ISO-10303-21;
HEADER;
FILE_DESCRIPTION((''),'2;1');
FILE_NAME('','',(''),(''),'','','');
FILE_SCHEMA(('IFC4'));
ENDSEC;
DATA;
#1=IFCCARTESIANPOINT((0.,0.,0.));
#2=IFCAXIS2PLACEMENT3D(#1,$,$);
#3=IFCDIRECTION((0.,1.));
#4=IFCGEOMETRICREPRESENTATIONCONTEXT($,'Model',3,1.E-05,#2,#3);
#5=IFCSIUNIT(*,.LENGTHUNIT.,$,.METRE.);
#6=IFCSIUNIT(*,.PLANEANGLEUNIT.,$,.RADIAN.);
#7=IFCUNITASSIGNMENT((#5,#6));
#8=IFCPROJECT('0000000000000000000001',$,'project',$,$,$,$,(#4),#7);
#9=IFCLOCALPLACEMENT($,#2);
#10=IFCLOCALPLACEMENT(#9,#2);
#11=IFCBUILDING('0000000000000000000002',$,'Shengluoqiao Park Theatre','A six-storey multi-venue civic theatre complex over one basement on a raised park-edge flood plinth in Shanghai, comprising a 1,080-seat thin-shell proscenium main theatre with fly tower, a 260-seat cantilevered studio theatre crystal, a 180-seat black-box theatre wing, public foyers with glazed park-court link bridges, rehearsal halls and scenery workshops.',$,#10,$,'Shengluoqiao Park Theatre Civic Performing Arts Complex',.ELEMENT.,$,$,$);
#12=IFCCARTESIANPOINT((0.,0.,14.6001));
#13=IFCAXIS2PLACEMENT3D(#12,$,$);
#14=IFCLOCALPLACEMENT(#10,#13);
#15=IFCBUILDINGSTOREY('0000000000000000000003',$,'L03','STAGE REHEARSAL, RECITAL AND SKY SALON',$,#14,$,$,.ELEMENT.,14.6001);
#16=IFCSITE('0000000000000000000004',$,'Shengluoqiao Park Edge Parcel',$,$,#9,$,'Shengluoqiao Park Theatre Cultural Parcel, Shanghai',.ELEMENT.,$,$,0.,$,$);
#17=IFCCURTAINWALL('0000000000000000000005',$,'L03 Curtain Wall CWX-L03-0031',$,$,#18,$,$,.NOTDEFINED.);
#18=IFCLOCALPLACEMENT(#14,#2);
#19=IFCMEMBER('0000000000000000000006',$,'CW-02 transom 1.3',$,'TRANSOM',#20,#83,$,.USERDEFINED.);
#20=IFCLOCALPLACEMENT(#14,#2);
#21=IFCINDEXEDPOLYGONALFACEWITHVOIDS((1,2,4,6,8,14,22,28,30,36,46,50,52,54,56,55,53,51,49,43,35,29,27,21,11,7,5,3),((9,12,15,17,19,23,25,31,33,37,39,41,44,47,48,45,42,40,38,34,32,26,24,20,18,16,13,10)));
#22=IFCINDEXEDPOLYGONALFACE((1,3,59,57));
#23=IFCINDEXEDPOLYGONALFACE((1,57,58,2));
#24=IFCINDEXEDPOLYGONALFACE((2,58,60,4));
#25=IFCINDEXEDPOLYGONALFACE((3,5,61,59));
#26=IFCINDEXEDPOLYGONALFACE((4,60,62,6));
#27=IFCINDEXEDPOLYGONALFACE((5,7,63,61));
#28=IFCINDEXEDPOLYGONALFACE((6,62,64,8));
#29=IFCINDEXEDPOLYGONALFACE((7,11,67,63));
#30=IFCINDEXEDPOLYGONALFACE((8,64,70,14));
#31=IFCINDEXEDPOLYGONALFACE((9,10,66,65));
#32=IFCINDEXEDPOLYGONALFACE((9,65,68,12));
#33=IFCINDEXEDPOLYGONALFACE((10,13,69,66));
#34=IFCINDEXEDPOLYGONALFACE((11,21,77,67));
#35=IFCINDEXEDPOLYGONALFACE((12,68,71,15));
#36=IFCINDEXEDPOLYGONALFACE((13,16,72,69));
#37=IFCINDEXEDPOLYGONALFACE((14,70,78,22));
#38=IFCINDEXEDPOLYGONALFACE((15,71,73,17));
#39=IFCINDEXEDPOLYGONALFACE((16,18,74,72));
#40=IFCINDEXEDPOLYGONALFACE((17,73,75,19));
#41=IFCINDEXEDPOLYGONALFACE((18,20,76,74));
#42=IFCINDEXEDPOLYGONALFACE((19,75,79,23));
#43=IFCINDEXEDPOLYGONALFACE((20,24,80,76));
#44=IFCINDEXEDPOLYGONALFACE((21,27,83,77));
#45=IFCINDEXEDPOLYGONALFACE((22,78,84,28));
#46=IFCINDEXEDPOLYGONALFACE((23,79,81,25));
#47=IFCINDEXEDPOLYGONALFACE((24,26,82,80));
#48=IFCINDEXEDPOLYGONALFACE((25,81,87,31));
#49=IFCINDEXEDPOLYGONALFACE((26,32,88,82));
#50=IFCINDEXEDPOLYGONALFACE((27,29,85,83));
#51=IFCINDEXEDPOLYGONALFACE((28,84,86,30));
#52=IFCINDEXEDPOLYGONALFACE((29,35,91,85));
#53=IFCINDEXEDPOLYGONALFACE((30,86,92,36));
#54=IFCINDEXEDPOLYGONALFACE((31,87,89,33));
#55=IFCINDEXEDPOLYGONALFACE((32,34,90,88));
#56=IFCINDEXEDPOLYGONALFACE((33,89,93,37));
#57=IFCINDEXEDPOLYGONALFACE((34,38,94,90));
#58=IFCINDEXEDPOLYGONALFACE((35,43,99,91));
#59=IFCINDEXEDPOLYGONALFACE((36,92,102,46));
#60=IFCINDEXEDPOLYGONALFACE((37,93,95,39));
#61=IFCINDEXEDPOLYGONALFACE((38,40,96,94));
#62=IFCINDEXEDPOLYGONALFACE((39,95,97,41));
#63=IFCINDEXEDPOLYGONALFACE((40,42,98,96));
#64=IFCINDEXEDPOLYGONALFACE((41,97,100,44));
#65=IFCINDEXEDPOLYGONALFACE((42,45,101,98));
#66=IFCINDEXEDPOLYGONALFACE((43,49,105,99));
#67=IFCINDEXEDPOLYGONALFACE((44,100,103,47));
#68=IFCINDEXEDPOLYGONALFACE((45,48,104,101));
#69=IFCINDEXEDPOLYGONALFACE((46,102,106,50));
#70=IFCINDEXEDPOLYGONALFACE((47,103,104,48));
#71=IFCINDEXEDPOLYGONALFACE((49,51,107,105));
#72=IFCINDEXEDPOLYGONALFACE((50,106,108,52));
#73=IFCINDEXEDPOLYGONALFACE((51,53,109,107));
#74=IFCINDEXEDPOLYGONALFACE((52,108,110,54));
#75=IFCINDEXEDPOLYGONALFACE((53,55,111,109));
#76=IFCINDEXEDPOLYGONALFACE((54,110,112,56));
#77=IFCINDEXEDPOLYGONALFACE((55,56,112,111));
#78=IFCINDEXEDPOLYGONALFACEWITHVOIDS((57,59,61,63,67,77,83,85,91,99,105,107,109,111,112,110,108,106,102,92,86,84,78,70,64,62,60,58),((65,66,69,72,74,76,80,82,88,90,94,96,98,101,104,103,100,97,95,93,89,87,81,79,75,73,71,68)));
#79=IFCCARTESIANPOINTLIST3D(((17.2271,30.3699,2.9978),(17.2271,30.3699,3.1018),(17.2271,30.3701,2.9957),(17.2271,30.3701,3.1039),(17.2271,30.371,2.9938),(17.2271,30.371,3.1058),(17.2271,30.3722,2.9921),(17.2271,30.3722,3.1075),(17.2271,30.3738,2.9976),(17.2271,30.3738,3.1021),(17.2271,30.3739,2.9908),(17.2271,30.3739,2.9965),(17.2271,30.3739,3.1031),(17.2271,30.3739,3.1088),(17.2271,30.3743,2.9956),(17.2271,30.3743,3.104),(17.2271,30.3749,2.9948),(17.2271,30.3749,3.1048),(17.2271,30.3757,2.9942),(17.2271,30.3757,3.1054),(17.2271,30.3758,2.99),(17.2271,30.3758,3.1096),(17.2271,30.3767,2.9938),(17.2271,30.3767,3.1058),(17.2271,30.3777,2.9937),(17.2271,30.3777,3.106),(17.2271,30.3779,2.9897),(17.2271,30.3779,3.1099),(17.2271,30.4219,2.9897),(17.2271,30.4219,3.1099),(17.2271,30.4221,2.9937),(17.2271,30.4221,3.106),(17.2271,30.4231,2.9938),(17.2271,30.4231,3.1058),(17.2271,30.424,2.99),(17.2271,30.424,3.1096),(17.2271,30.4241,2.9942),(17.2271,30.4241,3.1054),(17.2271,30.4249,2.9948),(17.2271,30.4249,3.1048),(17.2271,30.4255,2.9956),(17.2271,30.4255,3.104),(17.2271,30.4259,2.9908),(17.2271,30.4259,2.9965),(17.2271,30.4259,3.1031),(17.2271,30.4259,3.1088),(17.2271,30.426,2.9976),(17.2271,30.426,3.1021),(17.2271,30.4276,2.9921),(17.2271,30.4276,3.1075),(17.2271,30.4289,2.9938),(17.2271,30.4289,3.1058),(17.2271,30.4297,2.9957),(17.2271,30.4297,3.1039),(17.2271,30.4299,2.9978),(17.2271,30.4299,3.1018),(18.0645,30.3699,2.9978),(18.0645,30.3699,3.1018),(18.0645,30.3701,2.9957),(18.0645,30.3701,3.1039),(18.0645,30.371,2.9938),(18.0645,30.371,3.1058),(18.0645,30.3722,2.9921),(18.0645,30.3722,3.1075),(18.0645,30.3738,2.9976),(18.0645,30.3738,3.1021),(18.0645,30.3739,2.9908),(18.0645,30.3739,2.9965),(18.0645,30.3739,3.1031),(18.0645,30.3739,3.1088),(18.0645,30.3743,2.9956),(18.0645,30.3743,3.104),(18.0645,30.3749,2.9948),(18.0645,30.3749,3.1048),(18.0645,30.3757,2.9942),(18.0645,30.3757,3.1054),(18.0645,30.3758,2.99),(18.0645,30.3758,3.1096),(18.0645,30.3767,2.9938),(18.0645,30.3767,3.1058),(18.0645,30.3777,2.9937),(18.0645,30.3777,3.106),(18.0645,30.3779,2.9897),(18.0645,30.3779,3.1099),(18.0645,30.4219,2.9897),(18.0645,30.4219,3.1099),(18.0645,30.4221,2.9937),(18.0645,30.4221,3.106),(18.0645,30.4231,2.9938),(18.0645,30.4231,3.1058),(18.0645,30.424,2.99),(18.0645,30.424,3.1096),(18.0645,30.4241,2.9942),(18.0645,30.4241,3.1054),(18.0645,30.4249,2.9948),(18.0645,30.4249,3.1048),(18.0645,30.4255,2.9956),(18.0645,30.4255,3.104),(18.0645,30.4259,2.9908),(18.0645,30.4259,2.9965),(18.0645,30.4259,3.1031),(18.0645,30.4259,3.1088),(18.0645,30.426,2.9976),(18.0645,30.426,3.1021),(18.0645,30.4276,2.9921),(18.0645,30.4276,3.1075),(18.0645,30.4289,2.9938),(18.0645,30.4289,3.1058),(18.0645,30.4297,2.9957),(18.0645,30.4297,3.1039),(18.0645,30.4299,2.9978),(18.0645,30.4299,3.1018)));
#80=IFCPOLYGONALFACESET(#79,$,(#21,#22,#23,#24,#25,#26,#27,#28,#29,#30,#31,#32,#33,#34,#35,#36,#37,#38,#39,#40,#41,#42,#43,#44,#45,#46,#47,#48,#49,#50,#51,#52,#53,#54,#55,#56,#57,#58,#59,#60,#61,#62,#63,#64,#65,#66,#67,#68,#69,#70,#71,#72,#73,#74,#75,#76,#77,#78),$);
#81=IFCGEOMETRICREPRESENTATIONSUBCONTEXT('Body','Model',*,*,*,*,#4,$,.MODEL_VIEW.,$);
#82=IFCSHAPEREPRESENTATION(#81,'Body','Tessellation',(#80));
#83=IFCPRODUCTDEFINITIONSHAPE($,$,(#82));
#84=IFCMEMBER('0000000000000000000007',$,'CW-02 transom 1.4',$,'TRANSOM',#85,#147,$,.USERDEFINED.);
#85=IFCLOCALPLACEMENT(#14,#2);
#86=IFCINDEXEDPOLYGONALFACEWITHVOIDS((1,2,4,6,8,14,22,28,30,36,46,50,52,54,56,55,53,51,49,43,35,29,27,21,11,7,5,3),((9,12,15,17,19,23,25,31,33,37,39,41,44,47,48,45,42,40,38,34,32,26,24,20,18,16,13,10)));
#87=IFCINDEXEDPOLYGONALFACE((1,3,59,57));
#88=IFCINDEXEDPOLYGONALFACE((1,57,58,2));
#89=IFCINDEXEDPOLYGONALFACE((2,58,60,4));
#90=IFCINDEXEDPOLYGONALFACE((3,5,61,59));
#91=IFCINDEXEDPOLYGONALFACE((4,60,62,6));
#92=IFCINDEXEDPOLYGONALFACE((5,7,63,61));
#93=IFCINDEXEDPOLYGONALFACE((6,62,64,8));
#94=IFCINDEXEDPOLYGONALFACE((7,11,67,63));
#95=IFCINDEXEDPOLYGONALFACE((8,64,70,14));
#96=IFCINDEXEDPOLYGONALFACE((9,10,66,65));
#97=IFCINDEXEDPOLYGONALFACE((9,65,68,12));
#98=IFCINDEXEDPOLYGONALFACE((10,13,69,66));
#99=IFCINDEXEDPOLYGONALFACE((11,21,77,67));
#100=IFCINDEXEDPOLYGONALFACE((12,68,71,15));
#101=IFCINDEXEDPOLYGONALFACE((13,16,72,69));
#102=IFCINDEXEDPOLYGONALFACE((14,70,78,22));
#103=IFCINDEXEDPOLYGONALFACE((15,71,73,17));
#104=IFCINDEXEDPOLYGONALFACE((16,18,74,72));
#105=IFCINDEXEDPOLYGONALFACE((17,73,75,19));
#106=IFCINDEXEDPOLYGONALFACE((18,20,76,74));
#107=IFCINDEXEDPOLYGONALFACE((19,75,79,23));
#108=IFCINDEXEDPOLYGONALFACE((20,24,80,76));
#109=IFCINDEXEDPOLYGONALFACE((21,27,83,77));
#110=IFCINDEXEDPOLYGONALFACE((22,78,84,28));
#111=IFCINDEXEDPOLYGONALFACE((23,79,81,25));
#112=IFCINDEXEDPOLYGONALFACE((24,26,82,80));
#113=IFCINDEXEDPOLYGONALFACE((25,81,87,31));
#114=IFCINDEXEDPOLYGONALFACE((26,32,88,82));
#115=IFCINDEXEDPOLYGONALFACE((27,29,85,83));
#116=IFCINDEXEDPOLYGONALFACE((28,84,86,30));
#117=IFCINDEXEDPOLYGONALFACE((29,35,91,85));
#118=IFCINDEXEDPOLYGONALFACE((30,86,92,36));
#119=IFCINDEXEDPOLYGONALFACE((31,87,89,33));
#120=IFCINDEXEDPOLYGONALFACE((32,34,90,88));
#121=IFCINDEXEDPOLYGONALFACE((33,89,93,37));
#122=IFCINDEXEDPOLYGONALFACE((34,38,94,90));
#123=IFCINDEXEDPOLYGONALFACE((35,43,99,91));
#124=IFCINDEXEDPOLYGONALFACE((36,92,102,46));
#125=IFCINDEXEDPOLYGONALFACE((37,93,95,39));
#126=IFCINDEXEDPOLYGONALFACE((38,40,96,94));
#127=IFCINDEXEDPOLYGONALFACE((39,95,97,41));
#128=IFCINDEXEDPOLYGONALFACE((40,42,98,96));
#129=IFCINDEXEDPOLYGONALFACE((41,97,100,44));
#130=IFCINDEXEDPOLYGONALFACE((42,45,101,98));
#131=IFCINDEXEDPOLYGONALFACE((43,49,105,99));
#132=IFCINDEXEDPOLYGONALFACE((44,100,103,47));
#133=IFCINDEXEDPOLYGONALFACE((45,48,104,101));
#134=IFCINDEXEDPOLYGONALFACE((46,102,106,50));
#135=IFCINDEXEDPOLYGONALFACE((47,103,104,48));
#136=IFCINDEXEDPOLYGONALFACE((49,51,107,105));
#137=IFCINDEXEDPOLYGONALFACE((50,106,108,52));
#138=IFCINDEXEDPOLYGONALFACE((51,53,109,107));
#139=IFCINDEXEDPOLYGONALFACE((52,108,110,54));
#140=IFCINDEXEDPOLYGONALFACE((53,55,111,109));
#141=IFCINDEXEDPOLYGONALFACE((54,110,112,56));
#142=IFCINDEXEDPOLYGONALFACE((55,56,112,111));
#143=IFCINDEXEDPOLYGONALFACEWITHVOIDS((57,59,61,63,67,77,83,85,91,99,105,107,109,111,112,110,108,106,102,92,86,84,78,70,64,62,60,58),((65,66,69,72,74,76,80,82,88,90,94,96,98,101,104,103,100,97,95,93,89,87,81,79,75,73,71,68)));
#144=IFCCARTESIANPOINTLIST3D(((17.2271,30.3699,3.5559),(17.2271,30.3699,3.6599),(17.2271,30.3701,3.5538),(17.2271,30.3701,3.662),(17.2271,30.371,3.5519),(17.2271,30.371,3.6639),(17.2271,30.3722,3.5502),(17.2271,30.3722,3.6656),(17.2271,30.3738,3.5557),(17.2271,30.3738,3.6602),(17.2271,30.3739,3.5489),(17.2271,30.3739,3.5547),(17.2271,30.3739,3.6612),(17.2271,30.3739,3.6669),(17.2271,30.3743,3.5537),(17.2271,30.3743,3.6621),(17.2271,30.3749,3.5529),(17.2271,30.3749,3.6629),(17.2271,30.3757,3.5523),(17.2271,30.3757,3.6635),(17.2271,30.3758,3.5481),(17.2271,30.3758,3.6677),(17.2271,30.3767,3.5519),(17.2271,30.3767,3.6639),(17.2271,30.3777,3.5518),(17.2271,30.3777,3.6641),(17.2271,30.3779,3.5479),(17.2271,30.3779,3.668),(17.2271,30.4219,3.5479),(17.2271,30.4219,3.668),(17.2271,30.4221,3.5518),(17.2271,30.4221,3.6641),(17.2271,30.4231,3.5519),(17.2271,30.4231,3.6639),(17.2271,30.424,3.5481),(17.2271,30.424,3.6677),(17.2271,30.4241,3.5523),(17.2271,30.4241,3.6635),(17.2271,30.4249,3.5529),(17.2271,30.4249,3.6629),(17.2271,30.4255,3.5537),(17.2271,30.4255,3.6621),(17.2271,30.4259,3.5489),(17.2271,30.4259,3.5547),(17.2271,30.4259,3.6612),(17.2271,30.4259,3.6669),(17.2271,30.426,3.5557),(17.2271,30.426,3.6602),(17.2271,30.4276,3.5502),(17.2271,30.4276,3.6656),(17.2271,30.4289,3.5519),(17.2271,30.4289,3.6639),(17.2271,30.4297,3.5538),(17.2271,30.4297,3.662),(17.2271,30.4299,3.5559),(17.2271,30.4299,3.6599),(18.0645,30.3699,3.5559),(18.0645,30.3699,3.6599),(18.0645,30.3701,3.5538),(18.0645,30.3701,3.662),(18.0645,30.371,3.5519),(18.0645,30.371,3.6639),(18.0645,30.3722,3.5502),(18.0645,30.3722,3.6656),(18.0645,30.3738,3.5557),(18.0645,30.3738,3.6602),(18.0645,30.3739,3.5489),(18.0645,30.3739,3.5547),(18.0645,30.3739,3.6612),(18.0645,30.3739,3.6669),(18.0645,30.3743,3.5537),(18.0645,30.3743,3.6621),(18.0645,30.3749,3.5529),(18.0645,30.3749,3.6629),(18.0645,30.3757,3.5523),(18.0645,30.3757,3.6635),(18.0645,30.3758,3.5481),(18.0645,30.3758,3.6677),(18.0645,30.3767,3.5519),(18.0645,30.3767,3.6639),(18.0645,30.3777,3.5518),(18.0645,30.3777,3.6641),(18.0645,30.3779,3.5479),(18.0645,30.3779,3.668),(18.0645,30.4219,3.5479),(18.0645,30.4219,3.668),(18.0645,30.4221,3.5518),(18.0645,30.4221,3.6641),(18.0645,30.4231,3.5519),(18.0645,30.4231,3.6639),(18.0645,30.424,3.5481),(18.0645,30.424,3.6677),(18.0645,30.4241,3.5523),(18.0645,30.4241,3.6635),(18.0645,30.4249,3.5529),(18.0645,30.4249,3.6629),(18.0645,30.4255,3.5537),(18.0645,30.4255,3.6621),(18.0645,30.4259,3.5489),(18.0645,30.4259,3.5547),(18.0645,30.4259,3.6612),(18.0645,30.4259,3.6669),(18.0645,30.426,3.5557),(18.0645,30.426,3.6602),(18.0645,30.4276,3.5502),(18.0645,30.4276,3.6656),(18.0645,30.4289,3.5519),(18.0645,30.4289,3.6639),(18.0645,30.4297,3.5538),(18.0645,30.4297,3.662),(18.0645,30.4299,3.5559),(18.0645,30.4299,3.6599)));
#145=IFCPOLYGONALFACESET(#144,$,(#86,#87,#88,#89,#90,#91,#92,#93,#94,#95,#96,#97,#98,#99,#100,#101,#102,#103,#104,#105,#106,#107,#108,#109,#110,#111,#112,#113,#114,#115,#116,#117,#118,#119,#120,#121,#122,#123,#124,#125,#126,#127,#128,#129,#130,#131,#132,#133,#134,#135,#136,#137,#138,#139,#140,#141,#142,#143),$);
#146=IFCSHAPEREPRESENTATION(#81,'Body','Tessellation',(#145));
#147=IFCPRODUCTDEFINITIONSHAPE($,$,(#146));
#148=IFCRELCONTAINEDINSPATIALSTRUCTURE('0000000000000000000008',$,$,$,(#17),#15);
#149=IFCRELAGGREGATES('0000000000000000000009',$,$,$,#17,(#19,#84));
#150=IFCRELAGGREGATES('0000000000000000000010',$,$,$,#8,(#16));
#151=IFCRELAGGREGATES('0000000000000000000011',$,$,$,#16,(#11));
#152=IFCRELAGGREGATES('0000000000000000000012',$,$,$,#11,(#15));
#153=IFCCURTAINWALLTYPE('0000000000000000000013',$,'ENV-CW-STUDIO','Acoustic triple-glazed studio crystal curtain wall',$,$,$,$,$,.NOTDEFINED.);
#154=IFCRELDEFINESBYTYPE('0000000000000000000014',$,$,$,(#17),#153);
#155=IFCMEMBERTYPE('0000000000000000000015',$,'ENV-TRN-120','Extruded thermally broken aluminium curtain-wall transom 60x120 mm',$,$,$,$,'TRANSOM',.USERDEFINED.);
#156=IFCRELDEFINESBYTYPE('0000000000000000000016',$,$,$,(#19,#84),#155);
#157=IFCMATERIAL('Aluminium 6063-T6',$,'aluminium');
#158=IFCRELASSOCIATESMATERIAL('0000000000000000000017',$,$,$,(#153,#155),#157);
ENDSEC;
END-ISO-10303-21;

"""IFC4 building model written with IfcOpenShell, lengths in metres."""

from ifc_helpers import new_model, si_unit, direction, frame, origin, origin_2d, place, context, subcontext, project, spatial, hollow_rectangle, extrude, material, material_profile, profile_set, type_object, element, aggregate, save


model = new_model("IFC4")

# Units and contexts
model_context = context("Model", 3, precision=1e-05, world=origin(), true_north=direction((0.0, 1.0)))
body_context = subcontext(model_context, "Body", "Model", "MODEL_VIEW")
ifc_project = project(units=[si_unit("LENGTHUNIT", "METRE"), si_unit("PLANEANGLEUNIT", "RADIAN")], contexts=[model_context])

# Site, building, storey
site_placement = place(None, origin())
site = spatial("IfcSite", under=ifc_project, at=site_placement, Name="Shengluoqiao Park Edge Parcel", LongName="Shengluoqiao Park Theatre Cultural Parcel, Shanghai", CompositionType="ELEMENT", RefElevation=0.0)
building_placement = place(site_placement, origin())
building = spatial("IfcBuilding", under=site, at=building_placement, Name="Shengluoqiao Park Theatre", Description="A six-storey multi-venue civic theatre complex over one basement on a raised park-edge flood plinth in Shanghai, comprising a 1,080-seat thin-shell proscenium main theatre with fly tower, a 260-seat cantilevered studio theatre crystal, a 180-seat black-box theatre wing, public foyers with glazed park-court link bridges, rehearsal halls and scenery workshops.", LongName="Shengluoqiao Park Theatre Civic Performing Arts Complex", CompositionType="ELEMENT")
storey_placement = place(building_placement, frame((0.0, 0.0, 14.6001)))
storey = spatial("IfcBuildingStorey", under=building, at=storey_placement, Name="L03", Description="STAGE REHEARSAL, RECITAL AND SKY SALON", CompositionType="ELEMENT", Elevation=14.6001)

# Shared definitions
ifc_material_1 = material(Name="Aluminium 6063-T6", Category="aluminium")
curtain_wall_type = type_object("IfcCurtainWallType", Name="ENV-CW-STUDIO", Description="Acoustic triple-glazed studio crystal curtain wall", PredefinedType="NOTDEFINED", material=ifc_material_1)

# Curtain wall, members
curtain_wall_1_placement = place(storey_placement, origin())
curtain_wall_1 = element("IfcCurtainWall", 1, at=curtain_wall_1_placement, inside=storey, type_object=curtain_wall_type, Name="L03 Curtain Wall CWX-L03-0031", PredefinedType="NOTDEFINED")
ifc_material_profile_1 = material_profile(ifc_material_1, hollow_rectangle(XDim=0.0601, YDim=0.1201, WallThickness=0.0039, InnerFilletRadius=0.0039, OuterFilletRadius=0.0081, at=origin_2d()), Name="ALU TRANSOM 120x60x4")
ifc_profile_set_1 = profile_set([ifc_material_profile_1], Name="Aluminium 6063-T6")
member_type_1 = type_object("IfcMemberType", Name="ENV-TRN-120", Description="Extruded thermally broken aluminium curtain-wall transom 60x120 mm", ElementType="TRANSOM", PredefinedType="USERDEFINED", material=ifc_profile_set_1)
member_1_placement = place(storey_placement, frame((17.2271, 30.3999, 3.0498), z_axis=(1.0, 0.0, 0.0), x_axis=(0.0, 1.0, 0.0)))
member_1 = element("IfcMember", 2, at=member_1_placement, type_object=member_type_1, Name="CW-02 transom 1.3", ObjectType="TRANSOM", PredefinedType="USERDEFINED", context=body_context, shape_type="SweptSolid", body=[
    extrude(hollow_rectangle(XDim=0.0601, YDim=0.1201, WallThickness=0.0039, InnerFilletRadius=0.0039, OuterFilletRadius=0.0081, at=origin_2d()), origin(), (0.0, 0.0, 1.0), 0.8374),
])
member_2_placement = place(storey_placement, frame((17.2271, 30.3999, 3.6079), z_axis=(1.0, 0.0, 0.0), x_axis=(0.0, 1.0, 0.0)))
member_2 = element("IfcMember", 3, at=member_2_placement, type_object=member_type_1, Name="CW-02 transom 1.4", ObjectType="TRANSOM", PredefinedType="USERDEFINED", context=body_context, shape_type="SweptSolid", body=[
    extrude(hollow_rectangle(XDim=0.0601, YDim=0.1201, WallThickness=0.0039, InnerFilletRadius=0.0039, OuterFilletRadius=0.0081, at=origin_2d()), origin(), (0.0, 0.0, 1.0), 0.8374),
])

aggregate(curtain_wall_1, [member_1, member_2])

save(model, "model.ifc")
